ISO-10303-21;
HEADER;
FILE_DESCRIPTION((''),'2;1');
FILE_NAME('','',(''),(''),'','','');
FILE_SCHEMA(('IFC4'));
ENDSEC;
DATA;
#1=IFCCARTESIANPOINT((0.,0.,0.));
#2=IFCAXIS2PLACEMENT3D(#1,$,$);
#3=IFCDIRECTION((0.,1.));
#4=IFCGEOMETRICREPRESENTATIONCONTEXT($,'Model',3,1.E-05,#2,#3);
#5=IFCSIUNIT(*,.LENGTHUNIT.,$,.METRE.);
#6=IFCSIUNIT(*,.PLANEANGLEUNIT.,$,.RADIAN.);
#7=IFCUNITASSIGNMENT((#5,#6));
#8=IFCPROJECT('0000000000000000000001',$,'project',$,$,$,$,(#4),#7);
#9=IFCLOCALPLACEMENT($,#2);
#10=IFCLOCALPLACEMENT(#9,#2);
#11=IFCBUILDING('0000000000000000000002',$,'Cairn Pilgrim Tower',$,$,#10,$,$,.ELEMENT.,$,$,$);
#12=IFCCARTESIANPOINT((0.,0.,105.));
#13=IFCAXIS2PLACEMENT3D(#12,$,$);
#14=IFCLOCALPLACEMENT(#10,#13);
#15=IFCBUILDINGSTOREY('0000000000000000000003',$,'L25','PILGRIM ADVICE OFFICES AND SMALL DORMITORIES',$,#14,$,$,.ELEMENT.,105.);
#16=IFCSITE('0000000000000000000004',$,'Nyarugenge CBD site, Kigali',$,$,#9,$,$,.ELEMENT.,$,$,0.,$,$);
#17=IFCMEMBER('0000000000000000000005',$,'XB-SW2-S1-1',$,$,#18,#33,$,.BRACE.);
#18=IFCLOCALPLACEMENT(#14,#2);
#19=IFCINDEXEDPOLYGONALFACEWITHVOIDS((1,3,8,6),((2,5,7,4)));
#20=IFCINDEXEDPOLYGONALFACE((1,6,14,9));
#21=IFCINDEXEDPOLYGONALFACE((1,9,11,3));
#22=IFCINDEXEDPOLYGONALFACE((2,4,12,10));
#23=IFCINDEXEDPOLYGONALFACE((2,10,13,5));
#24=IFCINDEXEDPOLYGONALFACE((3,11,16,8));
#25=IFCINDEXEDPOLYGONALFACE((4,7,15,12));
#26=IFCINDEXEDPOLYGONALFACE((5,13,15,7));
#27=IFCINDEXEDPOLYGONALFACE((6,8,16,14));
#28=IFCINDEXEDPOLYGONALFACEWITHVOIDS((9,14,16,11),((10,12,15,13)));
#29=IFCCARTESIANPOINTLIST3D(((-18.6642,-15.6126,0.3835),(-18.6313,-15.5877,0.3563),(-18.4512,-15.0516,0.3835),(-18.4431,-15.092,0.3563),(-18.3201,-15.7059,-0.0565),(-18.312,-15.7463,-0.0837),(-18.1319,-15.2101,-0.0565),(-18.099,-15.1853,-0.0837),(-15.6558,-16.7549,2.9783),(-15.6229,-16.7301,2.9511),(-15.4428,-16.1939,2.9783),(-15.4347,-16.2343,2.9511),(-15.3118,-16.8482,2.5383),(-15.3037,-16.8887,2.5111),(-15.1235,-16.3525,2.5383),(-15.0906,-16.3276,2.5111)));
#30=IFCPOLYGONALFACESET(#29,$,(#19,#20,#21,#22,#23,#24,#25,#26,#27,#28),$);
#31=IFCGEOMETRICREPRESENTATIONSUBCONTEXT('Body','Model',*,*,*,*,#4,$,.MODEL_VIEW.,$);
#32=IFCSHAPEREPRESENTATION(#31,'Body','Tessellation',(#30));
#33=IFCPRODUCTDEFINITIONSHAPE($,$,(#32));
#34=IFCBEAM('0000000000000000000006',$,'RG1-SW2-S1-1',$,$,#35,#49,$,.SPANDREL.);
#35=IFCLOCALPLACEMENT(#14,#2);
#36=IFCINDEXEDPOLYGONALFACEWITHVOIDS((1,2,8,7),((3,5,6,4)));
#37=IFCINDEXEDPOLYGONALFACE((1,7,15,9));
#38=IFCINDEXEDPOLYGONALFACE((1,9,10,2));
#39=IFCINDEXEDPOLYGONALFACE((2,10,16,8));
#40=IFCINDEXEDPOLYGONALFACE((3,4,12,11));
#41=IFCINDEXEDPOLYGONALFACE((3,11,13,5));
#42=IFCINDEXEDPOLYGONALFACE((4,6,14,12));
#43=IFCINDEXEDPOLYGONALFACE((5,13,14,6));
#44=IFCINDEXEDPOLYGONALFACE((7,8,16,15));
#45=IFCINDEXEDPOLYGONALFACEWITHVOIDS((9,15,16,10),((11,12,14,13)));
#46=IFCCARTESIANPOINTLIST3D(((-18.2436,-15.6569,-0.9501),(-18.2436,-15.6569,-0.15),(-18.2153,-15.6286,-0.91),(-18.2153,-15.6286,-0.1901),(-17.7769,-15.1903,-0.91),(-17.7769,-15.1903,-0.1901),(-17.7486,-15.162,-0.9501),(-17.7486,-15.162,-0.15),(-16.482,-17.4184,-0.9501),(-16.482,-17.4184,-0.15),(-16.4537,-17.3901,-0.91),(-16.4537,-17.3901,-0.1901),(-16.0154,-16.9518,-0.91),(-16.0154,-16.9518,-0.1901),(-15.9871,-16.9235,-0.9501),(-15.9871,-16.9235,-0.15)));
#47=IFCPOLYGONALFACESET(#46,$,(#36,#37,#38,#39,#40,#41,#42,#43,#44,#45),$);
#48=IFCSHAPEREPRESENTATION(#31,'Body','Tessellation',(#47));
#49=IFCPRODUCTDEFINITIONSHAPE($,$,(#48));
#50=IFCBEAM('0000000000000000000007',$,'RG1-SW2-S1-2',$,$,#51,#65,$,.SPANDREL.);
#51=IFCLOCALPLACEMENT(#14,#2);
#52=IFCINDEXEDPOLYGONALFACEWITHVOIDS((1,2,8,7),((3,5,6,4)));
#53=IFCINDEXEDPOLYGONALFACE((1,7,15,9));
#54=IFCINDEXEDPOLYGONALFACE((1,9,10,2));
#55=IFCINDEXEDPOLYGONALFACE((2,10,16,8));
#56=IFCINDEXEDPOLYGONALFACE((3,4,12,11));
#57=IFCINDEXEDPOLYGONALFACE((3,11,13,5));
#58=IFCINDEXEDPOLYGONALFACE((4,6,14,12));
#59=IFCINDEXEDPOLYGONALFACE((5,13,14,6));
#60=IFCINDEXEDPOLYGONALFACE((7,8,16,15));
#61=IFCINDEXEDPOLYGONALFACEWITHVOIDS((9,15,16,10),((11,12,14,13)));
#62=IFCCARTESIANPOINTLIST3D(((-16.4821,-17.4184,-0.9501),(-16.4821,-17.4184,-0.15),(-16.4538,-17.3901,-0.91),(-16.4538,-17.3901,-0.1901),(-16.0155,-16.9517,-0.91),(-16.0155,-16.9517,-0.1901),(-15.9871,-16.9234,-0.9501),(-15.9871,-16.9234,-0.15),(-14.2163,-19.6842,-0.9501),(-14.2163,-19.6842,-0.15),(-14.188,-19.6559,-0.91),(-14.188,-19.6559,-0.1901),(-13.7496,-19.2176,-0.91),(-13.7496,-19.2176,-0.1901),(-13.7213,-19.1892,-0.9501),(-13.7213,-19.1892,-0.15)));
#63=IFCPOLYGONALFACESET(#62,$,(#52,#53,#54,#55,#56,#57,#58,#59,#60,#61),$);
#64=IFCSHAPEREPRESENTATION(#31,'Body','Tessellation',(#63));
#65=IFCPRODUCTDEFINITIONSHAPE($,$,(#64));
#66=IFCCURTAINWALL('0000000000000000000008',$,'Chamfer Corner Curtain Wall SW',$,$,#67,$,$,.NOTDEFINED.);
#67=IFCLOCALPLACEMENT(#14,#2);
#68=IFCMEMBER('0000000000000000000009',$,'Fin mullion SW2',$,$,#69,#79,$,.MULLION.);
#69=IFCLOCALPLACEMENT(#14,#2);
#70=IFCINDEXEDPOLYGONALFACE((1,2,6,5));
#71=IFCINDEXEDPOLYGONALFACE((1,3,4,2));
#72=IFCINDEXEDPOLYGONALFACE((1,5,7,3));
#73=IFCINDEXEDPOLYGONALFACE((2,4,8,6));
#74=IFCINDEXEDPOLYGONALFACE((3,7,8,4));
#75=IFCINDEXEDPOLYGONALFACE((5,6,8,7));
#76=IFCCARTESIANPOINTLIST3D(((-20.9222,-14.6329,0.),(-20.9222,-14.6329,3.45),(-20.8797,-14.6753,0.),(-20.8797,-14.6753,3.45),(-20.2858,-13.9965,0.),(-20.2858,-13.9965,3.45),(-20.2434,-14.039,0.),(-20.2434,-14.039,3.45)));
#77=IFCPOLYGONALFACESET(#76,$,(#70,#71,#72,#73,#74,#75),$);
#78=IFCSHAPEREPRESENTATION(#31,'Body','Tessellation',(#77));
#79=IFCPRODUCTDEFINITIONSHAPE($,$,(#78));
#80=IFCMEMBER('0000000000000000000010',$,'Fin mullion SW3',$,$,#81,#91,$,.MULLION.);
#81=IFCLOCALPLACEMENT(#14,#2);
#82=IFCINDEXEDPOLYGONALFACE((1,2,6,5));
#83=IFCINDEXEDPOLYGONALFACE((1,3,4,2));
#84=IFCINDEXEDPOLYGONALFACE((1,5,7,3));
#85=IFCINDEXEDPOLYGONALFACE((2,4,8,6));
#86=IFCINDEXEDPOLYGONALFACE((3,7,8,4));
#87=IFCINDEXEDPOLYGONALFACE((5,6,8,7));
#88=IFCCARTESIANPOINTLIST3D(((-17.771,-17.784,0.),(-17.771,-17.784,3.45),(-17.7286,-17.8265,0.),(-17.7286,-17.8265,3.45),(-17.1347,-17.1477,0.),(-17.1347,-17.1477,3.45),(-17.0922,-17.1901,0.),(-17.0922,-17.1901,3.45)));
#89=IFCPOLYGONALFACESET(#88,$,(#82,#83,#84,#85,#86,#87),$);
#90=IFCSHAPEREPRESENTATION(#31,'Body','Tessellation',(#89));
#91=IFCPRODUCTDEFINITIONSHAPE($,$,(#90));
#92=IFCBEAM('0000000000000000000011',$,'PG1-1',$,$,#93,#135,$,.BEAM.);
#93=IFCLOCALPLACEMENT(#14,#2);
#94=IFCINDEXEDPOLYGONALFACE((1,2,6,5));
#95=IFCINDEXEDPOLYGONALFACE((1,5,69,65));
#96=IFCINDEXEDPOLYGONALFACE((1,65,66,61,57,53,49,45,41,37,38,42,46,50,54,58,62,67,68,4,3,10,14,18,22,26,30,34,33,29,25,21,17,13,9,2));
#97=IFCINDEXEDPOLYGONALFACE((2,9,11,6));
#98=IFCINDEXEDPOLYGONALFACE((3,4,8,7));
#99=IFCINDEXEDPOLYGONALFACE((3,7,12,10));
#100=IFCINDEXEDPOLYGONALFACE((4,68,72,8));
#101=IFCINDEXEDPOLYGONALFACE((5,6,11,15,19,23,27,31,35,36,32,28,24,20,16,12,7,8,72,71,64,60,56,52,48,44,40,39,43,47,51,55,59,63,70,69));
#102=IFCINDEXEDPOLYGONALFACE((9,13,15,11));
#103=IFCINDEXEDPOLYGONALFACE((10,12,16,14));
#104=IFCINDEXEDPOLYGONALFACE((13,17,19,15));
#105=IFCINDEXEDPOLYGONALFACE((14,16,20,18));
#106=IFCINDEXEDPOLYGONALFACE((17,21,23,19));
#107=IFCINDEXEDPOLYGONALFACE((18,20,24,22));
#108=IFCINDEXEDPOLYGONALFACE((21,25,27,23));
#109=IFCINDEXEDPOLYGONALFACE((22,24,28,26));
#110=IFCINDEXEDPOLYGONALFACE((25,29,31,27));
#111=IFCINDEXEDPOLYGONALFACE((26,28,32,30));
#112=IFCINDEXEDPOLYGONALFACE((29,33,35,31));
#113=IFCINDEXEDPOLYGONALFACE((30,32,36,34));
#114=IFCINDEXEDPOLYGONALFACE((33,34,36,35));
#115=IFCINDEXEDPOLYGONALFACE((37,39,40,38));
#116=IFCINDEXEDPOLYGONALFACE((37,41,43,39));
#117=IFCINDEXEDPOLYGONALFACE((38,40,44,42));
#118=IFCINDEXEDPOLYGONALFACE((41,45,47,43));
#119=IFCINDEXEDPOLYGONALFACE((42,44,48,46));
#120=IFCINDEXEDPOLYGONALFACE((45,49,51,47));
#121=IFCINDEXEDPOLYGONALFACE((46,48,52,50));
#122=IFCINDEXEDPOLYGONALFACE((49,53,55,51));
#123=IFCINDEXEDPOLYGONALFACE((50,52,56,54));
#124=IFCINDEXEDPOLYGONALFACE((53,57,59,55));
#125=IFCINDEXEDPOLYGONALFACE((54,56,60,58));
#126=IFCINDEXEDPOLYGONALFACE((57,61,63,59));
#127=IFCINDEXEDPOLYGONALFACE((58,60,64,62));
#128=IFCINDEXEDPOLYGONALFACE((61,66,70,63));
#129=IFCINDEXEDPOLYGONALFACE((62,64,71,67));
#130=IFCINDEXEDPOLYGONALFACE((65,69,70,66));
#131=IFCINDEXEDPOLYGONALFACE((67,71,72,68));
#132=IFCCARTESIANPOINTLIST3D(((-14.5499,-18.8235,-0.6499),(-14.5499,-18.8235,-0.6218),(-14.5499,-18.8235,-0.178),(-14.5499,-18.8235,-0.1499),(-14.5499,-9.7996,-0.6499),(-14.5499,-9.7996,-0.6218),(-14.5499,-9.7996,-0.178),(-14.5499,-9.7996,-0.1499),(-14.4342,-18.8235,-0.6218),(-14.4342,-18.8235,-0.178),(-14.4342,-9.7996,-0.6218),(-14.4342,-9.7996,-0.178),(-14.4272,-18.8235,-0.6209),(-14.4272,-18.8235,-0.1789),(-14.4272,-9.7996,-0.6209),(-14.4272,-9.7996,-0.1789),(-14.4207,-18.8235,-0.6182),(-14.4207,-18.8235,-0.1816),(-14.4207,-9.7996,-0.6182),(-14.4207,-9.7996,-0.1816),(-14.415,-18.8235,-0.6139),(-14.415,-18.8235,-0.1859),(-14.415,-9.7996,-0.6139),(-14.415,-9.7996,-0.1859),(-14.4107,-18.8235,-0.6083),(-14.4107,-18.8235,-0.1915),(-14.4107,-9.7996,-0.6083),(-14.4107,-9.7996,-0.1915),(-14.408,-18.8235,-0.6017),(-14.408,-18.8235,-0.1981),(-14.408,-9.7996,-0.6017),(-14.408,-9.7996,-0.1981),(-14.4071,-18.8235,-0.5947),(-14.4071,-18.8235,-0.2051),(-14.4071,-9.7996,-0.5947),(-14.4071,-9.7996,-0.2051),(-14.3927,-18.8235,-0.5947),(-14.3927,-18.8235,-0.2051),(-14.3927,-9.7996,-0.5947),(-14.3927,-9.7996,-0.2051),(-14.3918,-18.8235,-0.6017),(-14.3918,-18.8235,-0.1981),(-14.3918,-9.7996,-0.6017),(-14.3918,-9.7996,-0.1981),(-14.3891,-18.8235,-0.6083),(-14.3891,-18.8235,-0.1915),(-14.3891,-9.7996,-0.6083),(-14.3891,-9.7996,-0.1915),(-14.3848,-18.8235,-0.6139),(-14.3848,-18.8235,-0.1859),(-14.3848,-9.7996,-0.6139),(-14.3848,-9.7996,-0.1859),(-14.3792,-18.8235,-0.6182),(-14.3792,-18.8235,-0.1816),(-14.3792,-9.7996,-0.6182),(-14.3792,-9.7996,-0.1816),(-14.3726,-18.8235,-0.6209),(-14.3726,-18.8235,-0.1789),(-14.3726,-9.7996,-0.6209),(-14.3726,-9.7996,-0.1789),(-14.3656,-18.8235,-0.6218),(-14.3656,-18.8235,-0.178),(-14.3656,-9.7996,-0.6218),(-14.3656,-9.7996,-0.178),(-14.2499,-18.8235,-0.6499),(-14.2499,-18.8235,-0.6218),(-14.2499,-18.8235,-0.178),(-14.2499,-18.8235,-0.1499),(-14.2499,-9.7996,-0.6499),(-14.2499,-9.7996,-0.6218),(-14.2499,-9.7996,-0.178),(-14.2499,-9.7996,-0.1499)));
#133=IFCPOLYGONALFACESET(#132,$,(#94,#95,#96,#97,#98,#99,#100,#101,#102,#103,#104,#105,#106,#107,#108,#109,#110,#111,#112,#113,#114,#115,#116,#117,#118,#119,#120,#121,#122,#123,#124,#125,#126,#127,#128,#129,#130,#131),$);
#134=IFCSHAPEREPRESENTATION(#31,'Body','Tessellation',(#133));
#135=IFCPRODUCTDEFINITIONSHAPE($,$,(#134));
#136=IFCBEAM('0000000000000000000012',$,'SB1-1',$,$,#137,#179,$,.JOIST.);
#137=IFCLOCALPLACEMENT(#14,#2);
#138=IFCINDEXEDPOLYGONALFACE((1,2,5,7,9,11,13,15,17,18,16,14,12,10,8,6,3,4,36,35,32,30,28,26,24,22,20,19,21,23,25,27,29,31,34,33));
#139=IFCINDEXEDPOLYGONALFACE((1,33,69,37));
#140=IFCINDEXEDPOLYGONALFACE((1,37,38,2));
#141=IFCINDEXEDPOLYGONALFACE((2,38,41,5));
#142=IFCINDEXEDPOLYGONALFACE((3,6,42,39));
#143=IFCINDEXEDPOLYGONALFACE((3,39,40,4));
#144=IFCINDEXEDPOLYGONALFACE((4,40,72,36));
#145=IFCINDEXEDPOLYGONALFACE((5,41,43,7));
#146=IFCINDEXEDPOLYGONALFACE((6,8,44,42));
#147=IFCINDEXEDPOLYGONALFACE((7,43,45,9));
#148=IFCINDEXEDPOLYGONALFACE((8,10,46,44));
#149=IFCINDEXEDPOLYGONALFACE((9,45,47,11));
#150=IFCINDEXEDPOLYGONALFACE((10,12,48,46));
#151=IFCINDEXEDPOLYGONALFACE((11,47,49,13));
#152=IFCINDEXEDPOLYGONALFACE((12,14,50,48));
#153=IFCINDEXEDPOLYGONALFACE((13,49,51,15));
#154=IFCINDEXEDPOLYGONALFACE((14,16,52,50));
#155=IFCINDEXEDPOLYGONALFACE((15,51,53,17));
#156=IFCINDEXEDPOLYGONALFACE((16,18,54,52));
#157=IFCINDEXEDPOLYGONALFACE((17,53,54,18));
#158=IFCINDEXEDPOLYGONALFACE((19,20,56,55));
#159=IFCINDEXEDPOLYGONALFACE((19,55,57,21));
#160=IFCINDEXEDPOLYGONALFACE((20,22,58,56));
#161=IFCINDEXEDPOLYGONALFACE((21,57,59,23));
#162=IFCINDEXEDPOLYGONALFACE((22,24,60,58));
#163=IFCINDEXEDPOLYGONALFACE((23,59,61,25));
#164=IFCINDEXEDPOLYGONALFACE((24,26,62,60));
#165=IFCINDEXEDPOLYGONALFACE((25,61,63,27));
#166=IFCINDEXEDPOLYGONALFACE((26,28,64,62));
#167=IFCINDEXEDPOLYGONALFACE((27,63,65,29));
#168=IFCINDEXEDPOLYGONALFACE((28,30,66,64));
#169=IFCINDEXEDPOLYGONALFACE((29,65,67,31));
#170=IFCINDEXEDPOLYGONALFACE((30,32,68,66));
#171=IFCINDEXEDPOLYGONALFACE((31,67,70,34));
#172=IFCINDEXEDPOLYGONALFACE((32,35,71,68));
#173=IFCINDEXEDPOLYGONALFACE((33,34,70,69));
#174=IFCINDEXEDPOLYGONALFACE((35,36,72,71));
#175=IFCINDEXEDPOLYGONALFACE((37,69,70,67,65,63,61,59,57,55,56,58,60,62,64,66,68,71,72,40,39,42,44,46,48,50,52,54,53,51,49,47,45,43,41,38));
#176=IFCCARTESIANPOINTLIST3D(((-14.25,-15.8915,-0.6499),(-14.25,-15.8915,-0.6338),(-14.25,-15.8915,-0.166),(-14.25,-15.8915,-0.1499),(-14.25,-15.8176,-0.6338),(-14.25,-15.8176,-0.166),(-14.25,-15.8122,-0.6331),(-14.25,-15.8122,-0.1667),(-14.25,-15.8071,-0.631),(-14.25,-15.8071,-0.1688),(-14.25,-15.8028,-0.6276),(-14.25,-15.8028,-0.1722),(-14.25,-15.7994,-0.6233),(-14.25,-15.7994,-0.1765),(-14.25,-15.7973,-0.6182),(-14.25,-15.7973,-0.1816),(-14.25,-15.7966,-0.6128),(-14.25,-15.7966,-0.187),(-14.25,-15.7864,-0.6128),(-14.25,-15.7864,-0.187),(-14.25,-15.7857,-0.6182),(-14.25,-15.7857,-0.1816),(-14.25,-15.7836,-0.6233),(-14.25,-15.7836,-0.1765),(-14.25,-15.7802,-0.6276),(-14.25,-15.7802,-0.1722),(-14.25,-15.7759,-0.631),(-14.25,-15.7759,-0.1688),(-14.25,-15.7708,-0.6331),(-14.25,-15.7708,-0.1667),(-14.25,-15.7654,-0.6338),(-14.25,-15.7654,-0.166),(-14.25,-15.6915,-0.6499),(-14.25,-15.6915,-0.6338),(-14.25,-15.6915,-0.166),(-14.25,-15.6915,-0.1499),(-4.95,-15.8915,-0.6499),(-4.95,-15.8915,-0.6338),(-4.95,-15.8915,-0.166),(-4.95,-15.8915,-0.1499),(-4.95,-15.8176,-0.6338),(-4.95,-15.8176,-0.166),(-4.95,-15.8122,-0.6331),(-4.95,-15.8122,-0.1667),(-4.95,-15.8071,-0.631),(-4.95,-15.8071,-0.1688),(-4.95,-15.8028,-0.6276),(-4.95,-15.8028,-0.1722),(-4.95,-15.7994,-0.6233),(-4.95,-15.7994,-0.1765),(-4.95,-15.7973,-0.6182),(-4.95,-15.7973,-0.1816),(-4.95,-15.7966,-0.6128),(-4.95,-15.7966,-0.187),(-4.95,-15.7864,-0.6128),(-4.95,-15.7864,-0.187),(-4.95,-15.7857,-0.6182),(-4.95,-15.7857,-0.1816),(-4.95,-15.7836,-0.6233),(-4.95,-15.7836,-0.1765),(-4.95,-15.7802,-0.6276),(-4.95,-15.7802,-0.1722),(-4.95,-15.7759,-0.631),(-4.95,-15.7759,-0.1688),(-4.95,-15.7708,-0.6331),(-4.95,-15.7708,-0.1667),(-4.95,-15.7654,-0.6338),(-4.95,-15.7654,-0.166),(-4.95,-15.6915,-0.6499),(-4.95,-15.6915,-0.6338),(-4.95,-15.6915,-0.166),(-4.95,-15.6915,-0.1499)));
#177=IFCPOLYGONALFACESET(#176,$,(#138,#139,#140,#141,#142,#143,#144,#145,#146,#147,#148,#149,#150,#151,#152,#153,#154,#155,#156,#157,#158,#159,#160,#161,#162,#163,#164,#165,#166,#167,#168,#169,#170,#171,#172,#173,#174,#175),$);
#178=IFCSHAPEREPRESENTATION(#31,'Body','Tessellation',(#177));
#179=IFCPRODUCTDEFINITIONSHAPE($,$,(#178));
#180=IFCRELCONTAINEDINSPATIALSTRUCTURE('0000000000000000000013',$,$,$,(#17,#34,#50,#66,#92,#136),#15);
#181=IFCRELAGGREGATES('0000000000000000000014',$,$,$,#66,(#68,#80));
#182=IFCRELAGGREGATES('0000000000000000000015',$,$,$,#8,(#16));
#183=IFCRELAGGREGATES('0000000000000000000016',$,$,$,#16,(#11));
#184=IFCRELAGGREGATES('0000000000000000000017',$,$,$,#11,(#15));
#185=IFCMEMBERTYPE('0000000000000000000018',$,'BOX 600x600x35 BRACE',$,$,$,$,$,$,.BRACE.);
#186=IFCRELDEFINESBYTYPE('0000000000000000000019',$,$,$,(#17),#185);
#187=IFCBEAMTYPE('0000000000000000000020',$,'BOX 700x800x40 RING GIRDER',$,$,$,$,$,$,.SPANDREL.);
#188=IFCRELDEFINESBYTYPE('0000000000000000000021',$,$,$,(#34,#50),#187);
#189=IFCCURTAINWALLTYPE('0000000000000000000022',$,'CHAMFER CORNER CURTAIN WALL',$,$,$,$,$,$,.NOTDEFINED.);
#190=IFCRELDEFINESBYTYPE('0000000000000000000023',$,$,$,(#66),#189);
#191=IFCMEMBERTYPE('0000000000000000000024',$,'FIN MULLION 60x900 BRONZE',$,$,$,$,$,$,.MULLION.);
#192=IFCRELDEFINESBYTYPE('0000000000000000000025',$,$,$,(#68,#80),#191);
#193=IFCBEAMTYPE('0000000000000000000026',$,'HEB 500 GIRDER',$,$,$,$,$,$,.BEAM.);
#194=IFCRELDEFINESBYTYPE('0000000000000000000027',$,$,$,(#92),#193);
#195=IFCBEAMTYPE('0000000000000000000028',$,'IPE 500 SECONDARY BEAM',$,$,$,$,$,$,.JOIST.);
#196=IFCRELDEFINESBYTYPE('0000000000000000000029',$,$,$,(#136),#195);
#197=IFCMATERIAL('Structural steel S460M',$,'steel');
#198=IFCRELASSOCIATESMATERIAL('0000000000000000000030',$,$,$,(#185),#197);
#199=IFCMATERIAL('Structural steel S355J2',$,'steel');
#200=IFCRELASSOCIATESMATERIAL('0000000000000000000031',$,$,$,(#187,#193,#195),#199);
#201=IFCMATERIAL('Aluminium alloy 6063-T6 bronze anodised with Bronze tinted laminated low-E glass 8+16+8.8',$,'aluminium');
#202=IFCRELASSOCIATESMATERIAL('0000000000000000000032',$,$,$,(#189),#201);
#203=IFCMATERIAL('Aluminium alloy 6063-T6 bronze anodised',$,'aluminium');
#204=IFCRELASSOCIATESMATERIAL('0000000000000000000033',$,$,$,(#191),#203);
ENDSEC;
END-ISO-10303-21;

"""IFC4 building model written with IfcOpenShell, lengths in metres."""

from ifc_helpers import new_model, si_unit, direction, frame, origin, origin_2d, place, context, subcontext, project, spatial, rectangle, hollow_rectangle, i_section, extrude, material, material_profile, profile_set, type_object, element, aggregate, save


model = new_model("IFC4")

# Units and contexts
model_context = context("Model", 3, precision=1e-05, world=origin(), true_north=direction((0.0, 1.0)))
body_context = subcontext(model_context, "Body", "Model", "MODEL_VIEW")
ifc_project = project(units=[si_unit("LENGTHUNIT", "METRE"), si_unit("PLANEANGLEUNIT", "RADIAN")], contexts=[model_context])

# Site, building, storey
site_placement = place(None, origin())
site = spatial("IfcSite", under=ifc_project, at=site_placement, Name="Nyarugenge CBD site, Kigali", CompositionType="ELEMENT", RefElevation=0.0)
building_placement = place(site_placement, origin())
building = spatial("IfcBuilding", under=site, at=building_placement, Name="Cairn Pilgrim Tower", CompositionType="ELEMENT")
storey_placement = place(building_placement, frame((0.0, 0.0, 105.0)))
storey = spatial("IfcBuildingStorey", under=building, at=storey_placement, Name="L25", Description="PILGRIM ADVICE OFFICES AND SMALL DORMITORIES", CompositionType="ELEMENT", Elevation=105.0)

# Shared definitions
ifc_material_1 = material(Name="Structural steel S460M", Category="steel")

# Member
ifc_material_profile_1 = material_profile(ifc_material_1, hollow_rectangle(XDim=0.6001, YDim=0.6001, WallThickness=0.0349, at=origin_2d()), Name="BOX 600x600x35")
ifc_profile_set_1 = profile_set([ifc_material_profile_1], Name="Structural steel S460M")
member_type_1 = type_object("IfcMemberType", Name="BOX 600x600x35 BRACE", PredefinedType="BRACE", material=ifc_profile_set_1)
member_1_placement = place(storey_placement, frame((-18.3816, -15.3989, 0.1499), z_axis=(0.727752, -0.276347, 0.627702), x_axis=(0.354995, 0.934868, 0.0)))
element("IfcMember", 1, at=member_1_placement, inside=storey, type_object=member_type_1, Name="XB-SW2-S1-1", PredefinedType="BRACE", context=body_context, shape_type="SweptSolid", body=[
    extrude(hollow_rectangle(XDim=0.6001, YDim=0.6001, WallThickness=0.0349, at=origin_2d()), origin(), (0.0, 0.0, 1.0), 4.1338),
])

# Beams
ifc_material_2 = material(Name="Structural steel S355J2", Category="steel")
ifc_material_profile_2 = material_profile(ifc_material_2, hollow_rectangle(XDim=0.7, YDim=0.8, WallThickness=0.04, at=origin_2d()), Name="BOX 700x800x40")
ifc_profile_set_2 = profile_set([ifc_material_profile_2], Name="Structural steel S355J2")
beam_type_1 = type_object("IfcBeamType", Name="BOX 700x800x40 RING GIRDER", PredefinedType="SPANDREL", material=ifc_profile_set_2)
beam_1_placement = place(storey_placement, frame((-17.9961, -15.4094, -0.55), z_axis=(0.707107, -0.707107, 0.0), x_axis=(0.707107, 0.707107, 0.0)))
element("IfcBeam", 2, at=beam_1_placement, inside=storey, type_object=beam_type_1, Name="RG1-SW2-S1-1", PredefinedType="SPANDREL", context=body_context, shape_type="SweptSolid", body=[
    extrude(hollow_rectangle(XDim=0.7, YDim=0.8, WallThickness=0.04, at=origin_2d()), origin(), (0.0, 0.0, 1.0), 2.4912),
])
beam_2_placement = place(storey_placement, frame((-16.2346, -17.1709, -0.55), z_axis=(0.707107, -0.707107, 0.0), x_axis=(0.707107, 0.707107, 0.0)))
element("IfcBeam", 3, at=beam_2_placement, inside=storey, type_object=beam_type_1, Name="RG1-SW2-S1-2", PredefinedType="SPANDREL", context=body_context, shape_type="SweptSolid", body=[
    extrude(hollow_rectangle(XDim=0.7, YDim=0.8, WallThickness=0.04, at=origin_2d()), origin(), (0.0, 0.0, 1.0), 3.2043),
])

# Curtain wall, members
ifc_material_3 = material(Name="Aluminium alloy 6063-T6 bronze anodised with Bronze tinted laminated low-E glass 8+16+8.8", Category="aluminium")
curtain_wall_type = type_object("IfcCurtainWallType", Name="CHAMFER CORNER CURTAIN WALL", PredefinedType="NOTDEFINED", material=ifc_material_3)
curtain_wall_placement = place(storey_placement, origin())
curtain_wall = element("IfcCurtainWall", 4, at=curtain_wall_placement, inside=storey, type_object=curtain_wall_type, Name="Chamfer Corner Curtain Wall SW", PredefinedType="NOTDEFINED")
ifc_material_4 = material(Name="Aluminium alloy 6063-T6 bronze anodised", Category="aluminium")
ifc_material_profile_3 = material_profile(ifc_material_4, rectangle(XDim=0.8999, YDim=0.0601, at=origin_2d()), Name="FIN MULLION 60x900 BRONZE")
ifc_profile_set_3 = profile_set([ifc_material_profile_3], Name="Aluminium alloy 6063-T6 bronze anodised")
member_type_2 = type_object("IfcMemberType", Name="FIN MULLION 60x900 BRONZE", PredefinedType="MULLION", material=ifc_profile_set_3)
member_2_placement = place(storey_placement, frame((-20.5828, -14.3359, 0.0), z_axis=(0.0, 0.0, 1.0), x_axis=(-0.707107, -0.707107, 0.0)))
member_2 = element("IfcMember", 5, at=member_2_placement, type_object=member_type_2, Name="Fin mullion SW2", PredefinedType="MULLION", context=body_context, shape_type="SweptSolid", body=[
    extrude(rectangle(XDim=0.8999, YDim=0.0601, at=origin_2d()), origin(), (0.0, 0.0, 1.0), 3.45),
])
member_3_placement = place(storey_placement, frame((-17.4316, -17.4871, 0.0), z_axis=(0.0, 0.0, 1.0), x_axis=(-0.707107, -0.707107, 0.0)))
member_3 = element("IfcMember", 6, at=member_3_placement, type_object=member_type_2, Name="Fin mullion SW3", PredefinedType="MULLION", context=body_context, shape_type="SweptSolid", body=[
    extrude(rectangle(XDim=0.8999, YDim=0.0601, at=origin_2d()), origin(), (0.0, 0.0, 1.0), 3.45),
])

# Beams
ifc_material_profile_4 = material_profile(ifc_material_2, i_section(OverallWidth=0.3, OverallDepth=0.5, WebThickness=0.0144, FlangeThickness=0.0281, FilletRadius=0.0271, at=origin_2d()), Name="HEB 500")
ifc_profile_set_4 = profile_set([ifc_material_profile_4], Name="Structural steel S355J2")
beam_type_2 = type_object("IfcBeamType", Name="HEB 500 GIRDER", PredefinedType="BEAM", material=ifc_profile_set_4)
beam_3_placement = place(storey_placement, frame((-14.3999, -18.8235, -0.3999), z_axis=(0.0, 1.0, 0.0), x_axis=(-1.0, 0.0, 0.0)))
element("IfcBeam", 7, at=beam_3_placement, inside=storey, type_object=beam_type_2, Name="PG1-1", PredefinedType="BEAM", context=body_context, shape_type="SweptSolid", body=[
    extrude(i_section(OverallWidth=0.3, OverallDepth=0.5, WebThickness=0.0144, FlangeThickness=0.0281, FilletRadius=0.0271, at=origin_2d()), origin(), (0.0, 0.0, 1.0), 9.0239),
])
ifc_material_profile_5 = material_profile(ifc_material_2, i_section(OverallWidth=0.2, OverallDepth=0.5, WebThickness=0.0103, FlangeThickness=0.0161, FilletRadius=0.021, at=origin_2d()), Name="IPE 500")
ifc_profile_set_5 = profile_set([ifc_material_profile_5], Name="Structural steel S355J2")
beam_type_3 = type_object("IfcBeamType", Name="IPE 500 SECONDARY BEAM", PredefinedType="JOIST", material=ifc_profile_set_5)
beam_4_placement = place(storey_placement, frame((-14.25, -15.7915, -0.3999), z_axis=(1.0, 0.0, 0.0), x_axis=(0.0, 1.0, 0.0)))
element("IfcBeam", 8, at=beam_4_placement, inside=storey, type_object=beam_type_3, Name="SB1-1", PredefinedType="JOIST", context=body_context, shape_type="SweptSolid", body=[
    extrude(i_section(OverallWidth=0.2, OverallDepth=0.5, WebThickness=0.0103, FlangeThickness=0.0161, FilletRadius=0.021, at=origin_2d()), origin(), (0.0, 0.0, 1.0), 9.3),
])

aggregate(curtain_wall, [member_2, member_3])

save(model, "model.ifc")
